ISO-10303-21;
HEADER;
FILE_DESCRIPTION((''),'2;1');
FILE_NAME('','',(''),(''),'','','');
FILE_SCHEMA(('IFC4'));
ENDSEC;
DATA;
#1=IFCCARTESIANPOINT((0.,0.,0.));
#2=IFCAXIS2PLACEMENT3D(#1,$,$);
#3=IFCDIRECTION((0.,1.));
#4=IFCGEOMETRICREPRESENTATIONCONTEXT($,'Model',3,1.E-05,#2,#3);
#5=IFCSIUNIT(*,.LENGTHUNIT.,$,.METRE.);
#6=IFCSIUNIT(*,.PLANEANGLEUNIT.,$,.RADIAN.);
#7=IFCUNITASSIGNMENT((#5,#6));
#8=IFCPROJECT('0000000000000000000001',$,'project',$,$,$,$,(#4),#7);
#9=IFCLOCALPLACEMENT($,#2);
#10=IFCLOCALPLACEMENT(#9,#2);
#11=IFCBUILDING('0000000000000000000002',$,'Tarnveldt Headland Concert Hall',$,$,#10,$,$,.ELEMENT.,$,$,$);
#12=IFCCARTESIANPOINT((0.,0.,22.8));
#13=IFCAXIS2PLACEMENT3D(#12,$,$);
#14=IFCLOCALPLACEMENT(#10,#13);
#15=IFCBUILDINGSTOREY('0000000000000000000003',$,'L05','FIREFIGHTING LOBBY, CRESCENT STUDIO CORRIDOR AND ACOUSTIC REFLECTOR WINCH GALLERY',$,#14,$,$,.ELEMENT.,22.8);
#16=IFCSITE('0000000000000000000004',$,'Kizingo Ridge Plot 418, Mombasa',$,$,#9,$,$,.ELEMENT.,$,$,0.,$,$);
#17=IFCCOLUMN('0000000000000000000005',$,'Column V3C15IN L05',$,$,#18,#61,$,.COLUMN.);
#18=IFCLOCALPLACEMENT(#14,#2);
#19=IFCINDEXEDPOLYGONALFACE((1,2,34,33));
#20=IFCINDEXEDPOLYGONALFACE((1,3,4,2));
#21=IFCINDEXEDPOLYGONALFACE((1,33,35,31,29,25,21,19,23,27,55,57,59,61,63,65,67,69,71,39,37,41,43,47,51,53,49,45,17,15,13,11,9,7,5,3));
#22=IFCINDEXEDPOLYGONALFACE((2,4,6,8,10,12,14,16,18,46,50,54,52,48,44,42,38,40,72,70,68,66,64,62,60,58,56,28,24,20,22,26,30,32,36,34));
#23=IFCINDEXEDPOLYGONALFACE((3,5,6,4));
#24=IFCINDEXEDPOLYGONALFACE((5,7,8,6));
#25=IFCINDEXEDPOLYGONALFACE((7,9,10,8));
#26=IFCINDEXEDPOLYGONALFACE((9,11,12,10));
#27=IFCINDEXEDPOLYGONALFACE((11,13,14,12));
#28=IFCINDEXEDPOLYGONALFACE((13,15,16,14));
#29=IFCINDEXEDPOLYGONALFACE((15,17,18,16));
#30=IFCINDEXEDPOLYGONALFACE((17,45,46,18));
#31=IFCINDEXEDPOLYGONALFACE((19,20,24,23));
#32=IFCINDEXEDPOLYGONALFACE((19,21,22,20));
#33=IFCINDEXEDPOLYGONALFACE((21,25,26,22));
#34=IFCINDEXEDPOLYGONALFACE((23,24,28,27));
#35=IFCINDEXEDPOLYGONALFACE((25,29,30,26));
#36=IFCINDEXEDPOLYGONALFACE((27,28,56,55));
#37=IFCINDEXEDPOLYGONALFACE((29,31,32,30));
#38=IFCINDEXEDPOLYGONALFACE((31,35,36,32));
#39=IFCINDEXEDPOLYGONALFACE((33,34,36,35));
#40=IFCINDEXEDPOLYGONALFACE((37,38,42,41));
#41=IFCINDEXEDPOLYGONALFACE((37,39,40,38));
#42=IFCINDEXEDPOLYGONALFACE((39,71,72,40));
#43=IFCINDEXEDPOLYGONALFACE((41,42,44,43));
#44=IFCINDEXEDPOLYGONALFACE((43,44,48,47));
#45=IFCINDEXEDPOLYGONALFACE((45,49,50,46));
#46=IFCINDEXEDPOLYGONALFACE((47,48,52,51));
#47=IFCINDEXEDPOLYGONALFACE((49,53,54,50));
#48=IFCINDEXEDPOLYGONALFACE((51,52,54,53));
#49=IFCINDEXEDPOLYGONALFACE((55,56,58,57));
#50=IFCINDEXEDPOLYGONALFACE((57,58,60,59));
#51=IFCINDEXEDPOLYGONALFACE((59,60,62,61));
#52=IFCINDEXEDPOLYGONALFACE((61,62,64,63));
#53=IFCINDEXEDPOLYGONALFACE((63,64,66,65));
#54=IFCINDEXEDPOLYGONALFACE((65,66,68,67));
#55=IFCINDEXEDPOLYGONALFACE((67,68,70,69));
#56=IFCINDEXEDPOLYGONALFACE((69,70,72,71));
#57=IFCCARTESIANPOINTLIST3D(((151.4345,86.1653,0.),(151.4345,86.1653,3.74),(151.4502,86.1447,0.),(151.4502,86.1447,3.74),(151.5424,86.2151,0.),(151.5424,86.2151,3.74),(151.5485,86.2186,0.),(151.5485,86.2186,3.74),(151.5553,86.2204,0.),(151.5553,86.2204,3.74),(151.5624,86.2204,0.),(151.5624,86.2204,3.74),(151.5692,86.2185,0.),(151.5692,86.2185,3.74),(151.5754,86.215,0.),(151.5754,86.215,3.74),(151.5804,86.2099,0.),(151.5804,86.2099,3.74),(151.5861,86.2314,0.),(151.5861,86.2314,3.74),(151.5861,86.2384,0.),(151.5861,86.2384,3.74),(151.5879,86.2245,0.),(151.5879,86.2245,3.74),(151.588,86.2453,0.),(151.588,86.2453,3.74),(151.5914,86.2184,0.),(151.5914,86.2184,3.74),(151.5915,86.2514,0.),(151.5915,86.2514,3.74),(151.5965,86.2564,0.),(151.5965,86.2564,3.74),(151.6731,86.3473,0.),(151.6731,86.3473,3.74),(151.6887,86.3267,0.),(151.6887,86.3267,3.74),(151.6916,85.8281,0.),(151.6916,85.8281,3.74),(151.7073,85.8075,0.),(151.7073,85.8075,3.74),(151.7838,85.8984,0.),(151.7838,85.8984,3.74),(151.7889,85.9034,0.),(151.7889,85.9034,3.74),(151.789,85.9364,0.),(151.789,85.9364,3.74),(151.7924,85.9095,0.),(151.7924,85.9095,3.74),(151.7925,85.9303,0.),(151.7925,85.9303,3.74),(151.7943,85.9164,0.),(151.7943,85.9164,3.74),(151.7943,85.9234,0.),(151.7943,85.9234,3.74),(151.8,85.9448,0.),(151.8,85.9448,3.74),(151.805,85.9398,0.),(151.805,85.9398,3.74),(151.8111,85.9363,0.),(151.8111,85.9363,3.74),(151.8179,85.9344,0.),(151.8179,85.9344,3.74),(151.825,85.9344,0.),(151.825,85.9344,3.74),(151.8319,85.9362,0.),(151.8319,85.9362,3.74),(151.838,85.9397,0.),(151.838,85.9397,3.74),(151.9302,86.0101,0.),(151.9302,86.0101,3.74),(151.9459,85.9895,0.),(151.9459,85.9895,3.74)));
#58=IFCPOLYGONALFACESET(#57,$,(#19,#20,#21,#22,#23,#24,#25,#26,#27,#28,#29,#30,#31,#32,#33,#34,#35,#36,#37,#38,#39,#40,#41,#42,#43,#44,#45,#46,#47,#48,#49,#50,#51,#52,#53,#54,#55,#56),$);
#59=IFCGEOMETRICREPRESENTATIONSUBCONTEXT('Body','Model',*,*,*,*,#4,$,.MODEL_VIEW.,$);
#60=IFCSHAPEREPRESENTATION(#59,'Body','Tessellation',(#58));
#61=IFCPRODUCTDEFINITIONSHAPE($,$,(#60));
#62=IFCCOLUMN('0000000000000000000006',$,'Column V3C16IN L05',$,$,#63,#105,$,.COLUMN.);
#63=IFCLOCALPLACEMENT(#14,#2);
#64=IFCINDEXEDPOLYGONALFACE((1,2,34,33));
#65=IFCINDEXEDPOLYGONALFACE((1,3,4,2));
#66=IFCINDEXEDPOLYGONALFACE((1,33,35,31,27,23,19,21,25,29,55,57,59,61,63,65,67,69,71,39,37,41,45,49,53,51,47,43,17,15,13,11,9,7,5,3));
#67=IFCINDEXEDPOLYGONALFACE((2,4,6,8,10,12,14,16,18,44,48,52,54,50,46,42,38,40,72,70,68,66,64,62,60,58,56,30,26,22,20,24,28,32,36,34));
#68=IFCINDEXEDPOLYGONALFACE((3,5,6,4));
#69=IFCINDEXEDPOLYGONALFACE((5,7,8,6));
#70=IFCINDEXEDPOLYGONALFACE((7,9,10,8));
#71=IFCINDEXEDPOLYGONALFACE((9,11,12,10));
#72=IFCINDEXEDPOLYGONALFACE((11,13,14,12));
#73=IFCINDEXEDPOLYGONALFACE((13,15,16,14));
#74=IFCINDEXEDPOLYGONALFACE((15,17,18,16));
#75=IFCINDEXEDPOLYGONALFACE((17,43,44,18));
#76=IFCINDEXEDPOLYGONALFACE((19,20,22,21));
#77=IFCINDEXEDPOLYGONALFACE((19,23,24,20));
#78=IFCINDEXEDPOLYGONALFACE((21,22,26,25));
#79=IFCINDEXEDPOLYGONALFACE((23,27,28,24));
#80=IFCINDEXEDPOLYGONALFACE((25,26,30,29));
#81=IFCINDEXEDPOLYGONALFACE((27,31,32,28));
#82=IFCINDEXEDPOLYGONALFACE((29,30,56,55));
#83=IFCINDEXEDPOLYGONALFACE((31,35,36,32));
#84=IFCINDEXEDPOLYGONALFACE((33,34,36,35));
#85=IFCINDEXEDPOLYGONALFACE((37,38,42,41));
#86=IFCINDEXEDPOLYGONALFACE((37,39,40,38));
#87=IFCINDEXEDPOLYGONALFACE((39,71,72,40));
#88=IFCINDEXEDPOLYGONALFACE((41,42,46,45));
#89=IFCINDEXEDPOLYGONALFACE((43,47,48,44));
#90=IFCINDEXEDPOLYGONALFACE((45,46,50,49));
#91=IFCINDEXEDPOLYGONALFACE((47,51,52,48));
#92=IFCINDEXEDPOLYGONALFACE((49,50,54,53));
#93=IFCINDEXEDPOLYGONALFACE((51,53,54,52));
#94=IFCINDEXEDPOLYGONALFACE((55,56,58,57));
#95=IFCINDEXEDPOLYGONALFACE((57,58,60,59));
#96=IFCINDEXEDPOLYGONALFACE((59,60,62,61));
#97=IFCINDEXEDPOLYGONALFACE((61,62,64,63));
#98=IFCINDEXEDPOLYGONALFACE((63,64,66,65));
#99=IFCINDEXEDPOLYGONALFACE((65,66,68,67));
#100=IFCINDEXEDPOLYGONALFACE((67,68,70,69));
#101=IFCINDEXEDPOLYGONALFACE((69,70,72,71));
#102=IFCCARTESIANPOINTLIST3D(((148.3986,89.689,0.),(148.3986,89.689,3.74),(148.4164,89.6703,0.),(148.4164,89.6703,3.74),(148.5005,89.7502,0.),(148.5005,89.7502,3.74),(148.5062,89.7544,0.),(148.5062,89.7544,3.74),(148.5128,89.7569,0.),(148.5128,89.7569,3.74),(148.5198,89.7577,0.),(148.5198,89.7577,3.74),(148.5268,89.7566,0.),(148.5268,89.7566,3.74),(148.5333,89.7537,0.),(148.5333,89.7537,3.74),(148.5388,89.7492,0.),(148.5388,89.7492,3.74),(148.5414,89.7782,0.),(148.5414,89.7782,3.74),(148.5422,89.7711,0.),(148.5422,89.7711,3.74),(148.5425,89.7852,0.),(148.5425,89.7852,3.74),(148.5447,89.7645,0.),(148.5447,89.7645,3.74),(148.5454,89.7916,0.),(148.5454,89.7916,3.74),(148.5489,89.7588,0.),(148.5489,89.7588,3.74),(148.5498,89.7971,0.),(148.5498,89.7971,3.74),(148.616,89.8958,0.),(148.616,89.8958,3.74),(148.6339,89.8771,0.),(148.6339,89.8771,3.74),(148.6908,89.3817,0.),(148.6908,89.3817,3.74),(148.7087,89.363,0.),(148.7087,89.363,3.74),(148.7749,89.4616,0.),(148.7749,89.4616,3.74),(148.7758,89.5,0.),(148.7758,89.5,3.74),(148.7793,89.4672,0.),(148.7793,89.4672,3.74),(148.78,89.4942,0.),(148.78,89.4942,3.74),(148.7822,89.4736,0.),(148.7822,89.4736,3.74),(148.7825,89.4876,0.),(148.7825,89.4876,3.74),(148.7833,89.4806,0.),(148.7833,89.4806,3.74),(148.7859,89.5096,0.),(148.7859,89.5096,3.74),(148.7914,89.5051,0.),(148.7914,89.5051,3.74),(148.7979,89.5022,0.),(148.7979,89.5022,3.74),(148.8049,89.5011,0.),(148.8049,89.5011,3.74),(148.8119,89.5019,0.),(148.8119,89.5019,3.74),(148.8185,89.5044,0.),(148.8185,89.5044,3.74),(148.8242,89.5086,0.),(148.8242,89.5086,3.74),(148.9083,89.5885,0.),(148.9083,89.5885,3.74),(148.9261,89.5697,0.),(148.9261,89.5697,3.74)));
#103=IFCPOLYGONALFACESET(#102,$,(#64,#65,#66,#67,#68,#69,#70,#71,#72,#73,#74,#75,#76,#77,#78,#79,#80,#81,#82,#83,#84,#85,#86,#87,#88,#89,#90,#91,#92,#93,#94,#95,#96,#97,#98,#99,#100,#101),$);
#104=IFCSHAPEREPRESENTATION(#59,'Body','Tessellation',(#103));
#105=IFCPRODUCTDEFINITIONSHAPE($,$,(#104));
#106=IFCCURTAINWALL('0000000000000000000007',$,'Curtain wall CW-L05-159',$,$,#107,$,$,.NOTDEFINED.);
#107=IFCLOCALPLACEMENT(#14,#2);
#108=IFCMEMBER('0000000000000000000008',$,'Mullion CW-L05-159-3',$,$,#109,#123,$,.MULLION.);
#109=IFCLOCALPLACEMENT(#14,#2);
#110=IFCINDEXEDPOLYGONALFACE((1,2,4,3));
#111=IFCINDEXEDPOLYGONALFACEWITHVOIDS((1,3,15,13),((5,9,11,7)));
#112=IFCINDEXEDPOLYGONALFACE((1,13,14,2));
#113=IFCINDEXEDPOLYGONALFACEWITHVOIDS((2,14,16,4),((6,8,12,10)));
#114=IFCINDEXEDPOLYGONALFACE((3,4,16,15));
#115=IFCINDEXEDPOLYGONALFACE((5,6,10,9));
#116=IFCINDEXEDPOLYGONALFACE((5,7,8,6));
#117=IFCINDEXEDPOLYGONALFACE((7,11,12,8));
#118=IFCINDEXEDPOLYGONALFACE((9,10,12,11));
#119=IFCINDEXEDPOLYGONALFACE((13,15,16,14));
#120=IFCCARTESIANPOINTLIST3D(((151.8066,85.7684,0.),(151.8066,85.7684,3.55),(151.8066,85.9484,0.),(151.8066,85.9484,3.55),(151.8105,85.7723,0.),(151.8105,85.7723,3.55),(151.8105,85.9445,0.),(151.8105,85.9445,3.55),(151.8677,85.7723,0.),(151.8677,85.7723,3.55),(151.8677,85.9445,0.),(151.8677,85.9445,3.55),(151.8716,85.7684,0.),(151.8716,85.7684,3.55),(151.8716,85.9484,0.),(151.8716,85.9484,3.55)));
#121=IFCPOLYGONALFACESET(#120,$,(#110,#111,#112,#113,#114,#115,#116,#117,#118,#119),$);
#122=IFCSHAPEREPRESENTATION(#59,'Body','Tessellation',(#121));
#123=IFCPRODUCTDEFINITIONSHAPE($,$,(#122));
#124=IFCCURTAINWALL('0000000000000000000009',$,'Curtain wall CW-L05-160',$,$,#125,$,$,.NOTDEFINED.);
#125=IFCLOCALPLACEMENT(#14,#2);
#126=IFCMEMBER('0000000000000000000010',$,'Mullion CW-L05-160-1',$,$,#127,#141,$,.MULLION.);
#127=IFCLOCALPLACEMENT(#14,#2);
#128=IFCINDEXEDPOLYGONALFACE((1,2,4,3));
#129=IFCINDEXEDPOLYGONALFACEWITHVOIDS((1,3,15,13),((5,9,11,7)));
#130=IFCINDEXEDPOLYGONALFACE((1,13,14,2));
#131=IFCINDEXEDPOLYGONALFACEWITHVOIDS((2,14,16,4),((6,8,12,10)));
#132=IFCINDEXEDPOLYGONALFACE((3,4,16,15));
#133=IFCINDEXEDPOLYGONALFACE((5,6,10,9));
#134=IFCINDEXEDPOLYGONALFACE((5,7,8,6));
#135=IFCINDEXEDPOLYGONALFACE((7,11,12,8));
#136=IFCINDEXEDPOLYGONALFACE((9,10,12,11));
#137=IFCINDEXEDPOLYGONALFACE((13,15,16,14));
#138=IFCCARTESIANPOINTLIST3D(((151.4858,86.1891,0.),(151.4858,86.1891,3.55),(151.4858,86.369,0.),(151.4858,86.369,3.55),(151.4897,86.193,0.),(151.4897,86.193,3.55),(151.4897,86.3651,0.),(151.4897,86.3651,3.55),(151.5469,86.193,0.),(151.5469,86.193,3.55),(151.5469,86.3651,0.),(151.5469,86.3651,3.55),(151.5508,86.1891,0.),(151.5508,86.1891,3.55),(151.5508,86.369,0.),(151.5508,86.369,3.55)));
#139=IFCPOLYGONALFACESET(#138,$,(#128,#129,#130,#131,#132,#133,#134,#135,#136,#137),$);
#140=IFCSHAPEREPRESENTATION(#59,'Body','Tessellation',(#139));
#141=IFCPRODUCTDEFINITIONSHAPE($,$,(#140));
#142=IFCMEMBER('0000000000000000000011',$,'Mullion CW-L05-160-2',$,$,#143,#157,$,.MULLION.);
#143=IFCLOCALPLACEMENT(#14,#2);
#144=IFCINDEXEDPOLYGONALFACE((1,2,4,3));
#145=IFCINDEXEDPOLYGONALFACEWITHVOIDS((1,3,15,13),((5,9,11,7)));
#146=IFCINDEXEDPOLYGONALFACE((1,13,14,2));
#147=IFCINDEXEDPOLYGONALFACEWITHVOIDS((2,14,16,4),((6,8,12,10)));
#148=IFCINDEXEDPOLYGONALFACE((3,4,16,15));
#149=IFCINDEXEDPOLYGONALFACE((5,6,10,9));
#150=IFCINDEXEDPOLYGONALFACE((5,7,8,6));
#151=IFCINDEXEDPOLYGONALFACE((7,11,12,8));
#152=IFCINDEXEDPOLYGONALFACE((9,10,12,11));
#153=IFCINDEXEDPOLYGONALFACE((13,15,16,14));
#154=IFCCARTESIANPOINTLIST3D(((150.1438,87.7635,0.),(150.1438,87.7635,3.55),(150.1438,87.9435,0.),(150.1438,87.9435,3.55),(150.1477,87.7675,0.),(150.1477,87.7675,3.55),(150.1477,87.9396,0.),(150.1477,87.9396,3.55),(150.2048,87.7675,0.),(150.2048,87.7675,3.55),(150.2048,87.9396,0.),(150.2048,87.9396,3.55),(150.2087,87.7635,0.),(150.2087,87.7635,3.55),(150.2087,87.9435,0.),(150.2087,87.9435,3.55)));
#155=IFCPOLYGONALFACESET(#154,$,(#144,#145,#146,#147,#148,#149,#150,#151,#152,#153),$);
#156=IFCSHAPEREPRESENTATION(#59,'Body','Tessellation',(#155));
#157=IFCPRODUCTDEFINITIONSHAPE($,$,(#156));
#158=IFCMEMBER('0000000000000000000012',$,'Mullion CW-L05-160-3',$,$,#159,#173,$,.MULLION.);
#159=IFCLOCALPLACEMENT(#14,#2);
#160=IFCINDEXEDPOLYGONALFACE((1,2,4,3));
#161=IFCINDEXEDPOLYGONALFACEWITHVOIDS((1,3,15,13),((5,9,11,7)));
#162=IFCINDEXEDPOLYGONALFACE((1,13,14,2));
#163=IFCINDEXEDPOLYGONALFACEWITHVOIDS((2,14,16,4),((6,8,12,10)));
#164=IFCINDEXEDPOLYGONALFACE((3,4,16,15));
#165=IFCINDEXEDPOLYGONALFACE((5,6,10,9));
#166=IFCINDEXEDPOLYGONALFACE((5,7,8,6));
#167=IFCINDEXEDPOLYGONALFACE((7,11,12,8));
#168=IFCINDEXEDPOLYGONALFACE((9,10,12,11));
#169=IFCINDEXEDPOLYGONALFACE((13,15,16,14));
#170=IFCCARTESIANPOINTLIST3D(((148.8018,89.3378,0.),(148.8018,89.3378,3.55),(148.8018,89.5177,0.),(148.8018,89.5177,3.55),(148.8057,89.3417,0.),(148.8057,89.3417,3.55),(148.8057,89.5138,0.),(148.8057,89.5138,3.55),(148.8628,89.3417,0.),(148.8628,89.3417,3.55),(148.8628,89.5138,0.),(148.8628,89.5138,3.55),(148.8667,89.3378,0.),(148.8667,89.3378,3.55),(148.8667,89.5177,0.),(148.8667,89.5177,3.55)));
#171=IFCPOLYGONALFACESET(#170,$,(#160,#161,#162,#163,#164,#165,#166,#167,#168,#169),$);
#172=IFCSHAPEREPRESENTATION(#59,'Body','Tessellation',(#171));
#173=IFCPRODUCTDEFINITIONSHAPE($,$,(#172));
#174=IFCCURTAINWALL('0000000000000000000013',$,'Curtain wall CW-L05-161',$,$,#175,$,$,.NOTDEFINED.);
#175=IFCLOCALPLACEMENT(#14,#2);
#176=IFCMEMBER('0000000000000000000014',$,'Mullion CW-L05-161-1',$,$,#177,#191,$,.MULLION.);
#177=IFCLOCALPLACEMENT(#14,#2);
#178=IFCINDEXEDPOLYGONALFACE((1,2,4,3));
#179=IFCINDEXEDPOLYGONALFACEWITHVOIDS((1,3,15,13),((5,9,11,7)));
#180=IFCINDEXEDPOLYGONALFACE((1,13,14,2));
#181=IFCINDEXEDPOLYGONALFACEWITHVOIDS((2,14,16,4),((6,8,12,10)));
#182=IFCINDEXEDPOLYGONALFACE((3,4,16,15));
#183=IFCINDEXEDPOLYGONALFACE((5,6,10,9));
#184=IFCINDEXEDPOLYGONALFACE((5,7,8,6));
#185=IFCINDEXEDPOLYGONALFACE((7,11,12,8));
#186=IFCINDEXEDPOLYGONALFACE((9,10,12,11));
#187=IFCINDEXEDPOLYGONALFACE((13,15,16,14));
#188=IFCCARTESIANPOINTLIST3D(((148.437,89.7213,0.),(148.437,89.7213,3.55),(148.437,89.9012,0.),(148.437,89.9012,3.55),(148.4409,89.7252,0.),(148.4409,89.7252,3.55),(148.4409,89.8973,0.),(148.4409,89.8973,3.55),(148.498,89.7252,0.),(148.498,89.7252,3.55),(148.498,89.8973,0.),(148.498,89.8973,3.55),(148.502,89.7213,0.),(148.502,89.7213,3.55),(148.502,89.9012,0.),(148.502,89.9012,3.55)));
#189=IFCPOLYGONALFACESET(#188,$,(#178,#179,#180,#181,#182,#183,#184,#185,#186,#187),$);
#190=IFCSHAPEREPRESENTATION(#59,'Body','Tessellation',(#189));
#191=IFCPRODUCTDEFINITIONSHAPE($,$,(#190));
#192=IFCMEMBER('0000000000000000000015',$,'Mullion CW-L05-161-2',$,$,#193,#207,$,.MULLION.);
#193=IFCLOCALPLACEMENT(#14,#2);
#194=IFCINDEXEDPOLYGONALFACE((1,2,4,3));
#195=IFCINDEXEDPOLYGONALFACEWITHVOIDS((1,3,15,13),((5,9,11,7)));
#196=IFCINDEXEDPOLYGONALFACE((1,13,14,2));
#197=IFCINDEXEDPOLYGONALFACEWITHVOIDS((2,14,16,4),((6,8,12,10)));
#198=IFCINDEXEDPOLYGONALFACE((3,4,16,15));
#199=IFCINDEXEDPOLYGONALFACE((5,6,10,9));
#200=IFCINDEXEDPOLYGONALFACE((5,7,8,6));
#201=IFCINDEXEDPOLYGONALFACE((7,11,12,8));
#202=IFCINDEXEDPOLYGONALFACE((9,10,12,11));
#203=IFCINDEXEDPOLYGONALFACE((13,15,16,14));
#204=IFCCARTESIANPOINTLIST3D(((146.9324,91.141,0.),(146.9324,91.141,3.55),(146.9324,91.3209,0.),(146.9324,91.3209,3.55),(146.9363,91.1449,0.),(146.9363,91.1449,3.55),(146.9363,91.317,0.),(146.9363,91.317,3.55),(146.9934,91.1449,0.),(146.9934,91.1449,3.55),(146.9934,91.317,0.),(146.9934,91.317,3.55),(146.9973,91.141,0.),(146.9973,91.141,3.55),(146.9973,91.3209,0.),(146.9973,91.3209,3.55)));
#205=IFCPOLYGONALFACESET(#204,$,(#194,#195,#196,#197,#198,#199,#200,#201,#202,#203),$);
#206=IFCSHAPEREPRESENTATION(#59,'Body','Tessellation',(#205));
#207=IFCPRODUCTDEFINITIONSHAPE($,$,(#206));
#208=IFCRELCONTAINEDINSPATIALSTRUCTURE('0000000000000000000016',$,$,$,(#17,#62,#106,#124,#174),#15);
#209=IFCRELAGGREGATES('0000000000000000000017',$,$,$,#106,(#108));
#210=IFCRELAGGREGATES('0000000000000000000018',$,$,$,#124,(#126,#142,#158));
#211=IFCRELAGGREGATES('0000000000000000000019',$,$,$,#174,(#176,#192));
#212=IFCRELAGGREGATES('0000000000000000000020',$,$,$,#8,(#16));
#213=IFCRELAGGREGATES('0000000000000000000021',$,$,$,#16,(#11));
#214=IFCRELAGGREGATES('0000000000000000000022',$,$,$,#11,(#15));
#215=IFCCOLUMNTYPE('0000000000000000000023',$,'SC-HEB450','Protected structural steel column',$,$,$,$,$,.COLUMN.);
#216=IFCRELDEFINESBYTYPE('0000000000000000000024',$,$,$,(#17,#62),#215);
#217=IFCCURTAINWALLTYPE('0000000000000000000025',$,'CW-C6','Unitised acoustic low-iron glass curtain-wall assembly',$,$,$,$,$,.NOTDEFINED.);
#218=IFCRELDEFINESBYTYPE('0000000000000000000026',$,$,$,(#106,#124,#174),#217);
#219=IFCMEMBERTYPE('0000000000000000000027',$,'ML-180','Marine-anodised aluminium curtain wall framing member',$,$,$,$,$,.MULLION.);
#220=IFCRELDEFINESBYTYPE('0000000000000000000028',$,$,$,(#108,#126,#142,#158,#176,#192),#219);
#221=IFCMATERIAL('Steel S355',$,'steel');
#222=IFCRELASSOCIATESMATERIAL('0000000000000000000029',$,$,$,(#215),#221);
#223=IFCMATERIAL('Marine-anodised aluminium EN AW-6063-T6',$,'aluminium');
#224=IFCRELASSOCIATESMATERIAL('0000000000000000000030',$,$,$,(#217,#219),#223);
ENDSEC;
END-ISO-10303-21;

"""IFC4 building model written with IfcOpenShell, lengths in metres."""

from ifc_helpers import new_model, si_unit, direction, frame, origin, origin_2d, place, context, subcontext, project, spatial, hollow_rectangle, i_section, extrude, material, material_profile, profile_set, type_object, element, aggregate, save


model = new_model("IFC4")

# Units and contexts
model_context = context("Model", 3, precision=1e-05, world=origin(), true_north=direction((0.0, 1.0)))
body_context = subcontext(model_context, "Body", "Model", "MODEL_VIEW")
ifc_project = project(units=[si_unit("LENGTHUNIT", "METRE"), si_unit("PLANEANGLEUNIT", "RADIAN")], contexts=[model_context])

# Site, building, storey
site_placement = place(None, origin())
site = spatial("IfcSite", under=ifc_project, at=site_placement, Name="Kizingo Ridge Plot 418, Mombasa", CompositionType="ELEMENT", RefElevation=0.0)
building_placement = place(site_placement, origin())
building = spatial("IfcBuilding", under=site, at=building_placement, Name="Tarnveldt Headland Concert Hall", CompositionType="ELEMENT")
storey_placement = place(building_placement, frame((0.0, 0.0, 22.8)))
storey = spatial("IfcBuildingStorey", under=building, at=storey_placement, Name="L05", Description="FIREFIGHTING LOBBY, CRESCENT STUDIO CORRIDOR AND ACOUSTIC REFLECTOR WINCH GALLERY", CompositionType="ELEMENT", Elevation=22.8)

# Columns
ifc_material_1 = material(Name="Steel S355", Category="steel")
ifc_material_profile_1 = material_profile(ifc_material_1, i_section(OverallWidth=0.3, OverallDepth=0.45, WebThickness=0.0139, FlangeThickness=0.0259, FilletRadius=0.0271, at=origin_2d()), Name="HEB450", Category="steel")
ifc_profile_set_1 = profile_set([ifc_material_profile_1], Name="Steel S355")
column_type = type_object("IfcColumnType", Name="SC-HEB450", Description="Protected structural steel column", PredefinedType="COLUMN", material=ifc_profile_set_1)
for number, where, z_axis, x_axis, name in (
    (1, (151.6902, 86.0774, 0.0), (0.0, 0.0, 1.0), (0.795156, 0.606405, 0.0), "Column V3C15IN L05"),
    (2, (148.6624, 89.6294, 0.0), (0.0, 0.0, 1.0), (0.724653, 0.689114, 0.0), "Column V3C16IN L05"),
):
    element("IfcColumn", number, at=place(storey_placement, frame(where, z_axis=z_axis, x_axis=x_axis)), inside=storey, type_object=column_type, Name=name, PredefinedType="COLUMN", context=body_context, shape_type="SweptSolid", body=[
        extrude(i_section(OverallWidth=0.3, OverallDepth=0.45, WebThickness=0.0139, FlangeThickness=0.0259, FilletRadius=0.0271, at=origin_2d()), origin(), (0.0, 0.0, 1.0), 3.74),
    ])

# Curtain wall, member
ifc_material_2 = material(Name="Marine-anodised aluminium EN AW-6063-T6", Category="aluminium")
curtain_wall_type = type_object("IfcCurtainWallType", Name="CW-C6", Description="Unitised acoustic low-iron glass curtain-wall assembly", PredefinedType="NOTDEFINED", material=ifc_material_2)
curtain_wall_1_placement = place(storey_placement, origin())
curtain_wall_1 = element("IfcCurtainWall", 3, at=curtain_wall_1_placement, inside=storey, type_object=curtain_wall_type, Name="Curtain wall CW-L05-159", PredefinedType="NOTDEFINED")
ifc_material_profile_2 = material_profile(ifc_material_2, hollow_rectangle(XDim=0.0649, YDim=0.1799, WallThickness=0.0039, at=origin_2d()), Name="ALU MULLION 65x180x4", Category="aluminium")
ifc_profile_set_2 = profile_set([ifc_material_profile_2], Name="Marine-anodised aluminium EN AW-6063-T6")
member_type_1 = type_object("IfcMemberType", Name="ML-180", Description="Marine-anodised aluminium curtain wall framing member", PredefinedType="MULLION", material=ifc_profile_set_2)
member_1_placement = place(storey_placement, frame((151.8391, 85.8584, 0.0), z_axis=(0.0, 0.0, 1.0), x_axis=(1.0, 0.0, 0.0)))
member_1 = element("IfcMember", 4, at=member_1_placement, type_object=member_type_1, Name="Mullion CW-L05-159-3", PredefinedType="MULLION", context=body_context, shape_type="SweptSolid", body=[
    extrude(hollow_rectangle(XDim=0.0649, YDim=0.1799, WallThickness=0.0039, at=origin_2d()), origin(), (0.0, 0.0, 1.0), 3.55),
])
aggregate(curtain_wall_1, [member_1])

# Curtain walls, members
curtain_wall_2_placement = place(storey_placement, origin())
curtain_wall_2 = element("IfcCurtainWall", 5, at=curtain_wall_2_placement, inside=storey, type_object=curtain_wall_type, Name="Curtain wall CW-L05-160", PredefinedType="NOTDEFINED")
member_2_placement = place(storey_placement, frame((151.5183, 86.2791, 0.0), z_axis=(0.0, 0.0, 1.0), x_axis=(1.0, 0.0, 0.0)))
member_2 = element("IfcMember", 6, at=member_2_placement, type_object=member_type_1, Name="Mullion CW-L05-160-1", PredefinedType="MULLION", context=body_context, shape_type="SweptSolid", body=[
    extrude(hollow_rectangle(XDim=0.0649, YDim=0.1799, WallThickness=0.0039, at=origin_2d()), origin(), (0.0, 0.0, 1.0), 3.55),
])
member_3_placement = place(storey_placement, frame((150.1763, 87.8535, 0.0), z_axis=(0.0, 0.0, 1.0), x_axis=(1.0, 0.0, 0.0)))
member_3 = element("IfcMember", 7, at=member_3_placement, type_object=member_type_1, Name="Mullion CW-L05-160-2", PredefinedType="MULLION", context=body_context, shape_type="SweptSolid", body=[
    extrude(hollow_rectangle(XDim=0.0649, YDim=0.1799, WallThickness=0.0039, at=origin_2d()), origin(), (0.0, 0.0, 1.0), 3.55),
])
member_4_placement = place(storey_placement, frame((148.8342, 89.4277, 0.0), z_axis=(0.0, 0.0, 1.0), x_axis=(1.0, 0.0, 0.0)))
member_4 = element("IfcMember", 8, at=member_4_placement, type_object=member_type_1, Name="Mullion CW-L05-160-3", PredefinedType="MULLION", context=body_context, shape_type="SweptSolid", body=[
    extrude(hollow_rectangle(XDim=0.0649, YDim=0.1799, WallThickness=0.0039, at=origin_2d()), origin(), (0.0, 0.0, 1.0), 3.55),
])
curtain_wall_3_placement = place(storey_placement, origin())
curtain_wall_3 = element("IfcCurtainWall", 9, at=curtain_wall_3_placement, inside=storey, type_object=curtain_wall_type, Name="Curtain wall CW-L05-161", PredefinedType="NOTDEFINED")
member_5_placement = place(storey_placement, frame((148.4695, 89.8113, 0.0), z_axis=(0.0, 0.0, 1.0), x_axis=(1.0, 0.0, 0.0)))
member_5 = element("IfcMember", 10, at=member_5_placement, type_object=member_type_1, Name="Mullion CW-L05-161-1", PredefinedType="MULLION", context=body_context, shape_type="SweptSolid", body=[
    extrude(hollow_rectangle(XDim=0.0649, YDim=0.1799, WallThickness=0.0039, at=origin_2d()), origin(), (0.0, 0.0, 1.0), 3.55),
])
member_6_placement = place(storey_placement, frame((146.9648, 91.231, 0.0), z_axis=(0.0, 0.0, 1.0), x_axis=(1.0, 0.0, 0.0)))
member_6 = element("IfcMember", 11, at=member_6_placement, type_object=member_type_1, Name="Mullion CW-L05-161-2", PredefinedType="MULLION", context=body_context, shape_type="SweptSolid", body=[
    extrude(hollow_rectangle(XDim=0.0649, YDim=0.1799, WallThickness=0.0039, at=origin_2d()), origin(), (0.0, 0.0, 1.0), 3.55),
])

aggregate(curtain_wall_2, [member_2, member_3, member_4])
aggregate(curtain_wall_3, [member_5, member_6])

save(model, "model.ifc")
